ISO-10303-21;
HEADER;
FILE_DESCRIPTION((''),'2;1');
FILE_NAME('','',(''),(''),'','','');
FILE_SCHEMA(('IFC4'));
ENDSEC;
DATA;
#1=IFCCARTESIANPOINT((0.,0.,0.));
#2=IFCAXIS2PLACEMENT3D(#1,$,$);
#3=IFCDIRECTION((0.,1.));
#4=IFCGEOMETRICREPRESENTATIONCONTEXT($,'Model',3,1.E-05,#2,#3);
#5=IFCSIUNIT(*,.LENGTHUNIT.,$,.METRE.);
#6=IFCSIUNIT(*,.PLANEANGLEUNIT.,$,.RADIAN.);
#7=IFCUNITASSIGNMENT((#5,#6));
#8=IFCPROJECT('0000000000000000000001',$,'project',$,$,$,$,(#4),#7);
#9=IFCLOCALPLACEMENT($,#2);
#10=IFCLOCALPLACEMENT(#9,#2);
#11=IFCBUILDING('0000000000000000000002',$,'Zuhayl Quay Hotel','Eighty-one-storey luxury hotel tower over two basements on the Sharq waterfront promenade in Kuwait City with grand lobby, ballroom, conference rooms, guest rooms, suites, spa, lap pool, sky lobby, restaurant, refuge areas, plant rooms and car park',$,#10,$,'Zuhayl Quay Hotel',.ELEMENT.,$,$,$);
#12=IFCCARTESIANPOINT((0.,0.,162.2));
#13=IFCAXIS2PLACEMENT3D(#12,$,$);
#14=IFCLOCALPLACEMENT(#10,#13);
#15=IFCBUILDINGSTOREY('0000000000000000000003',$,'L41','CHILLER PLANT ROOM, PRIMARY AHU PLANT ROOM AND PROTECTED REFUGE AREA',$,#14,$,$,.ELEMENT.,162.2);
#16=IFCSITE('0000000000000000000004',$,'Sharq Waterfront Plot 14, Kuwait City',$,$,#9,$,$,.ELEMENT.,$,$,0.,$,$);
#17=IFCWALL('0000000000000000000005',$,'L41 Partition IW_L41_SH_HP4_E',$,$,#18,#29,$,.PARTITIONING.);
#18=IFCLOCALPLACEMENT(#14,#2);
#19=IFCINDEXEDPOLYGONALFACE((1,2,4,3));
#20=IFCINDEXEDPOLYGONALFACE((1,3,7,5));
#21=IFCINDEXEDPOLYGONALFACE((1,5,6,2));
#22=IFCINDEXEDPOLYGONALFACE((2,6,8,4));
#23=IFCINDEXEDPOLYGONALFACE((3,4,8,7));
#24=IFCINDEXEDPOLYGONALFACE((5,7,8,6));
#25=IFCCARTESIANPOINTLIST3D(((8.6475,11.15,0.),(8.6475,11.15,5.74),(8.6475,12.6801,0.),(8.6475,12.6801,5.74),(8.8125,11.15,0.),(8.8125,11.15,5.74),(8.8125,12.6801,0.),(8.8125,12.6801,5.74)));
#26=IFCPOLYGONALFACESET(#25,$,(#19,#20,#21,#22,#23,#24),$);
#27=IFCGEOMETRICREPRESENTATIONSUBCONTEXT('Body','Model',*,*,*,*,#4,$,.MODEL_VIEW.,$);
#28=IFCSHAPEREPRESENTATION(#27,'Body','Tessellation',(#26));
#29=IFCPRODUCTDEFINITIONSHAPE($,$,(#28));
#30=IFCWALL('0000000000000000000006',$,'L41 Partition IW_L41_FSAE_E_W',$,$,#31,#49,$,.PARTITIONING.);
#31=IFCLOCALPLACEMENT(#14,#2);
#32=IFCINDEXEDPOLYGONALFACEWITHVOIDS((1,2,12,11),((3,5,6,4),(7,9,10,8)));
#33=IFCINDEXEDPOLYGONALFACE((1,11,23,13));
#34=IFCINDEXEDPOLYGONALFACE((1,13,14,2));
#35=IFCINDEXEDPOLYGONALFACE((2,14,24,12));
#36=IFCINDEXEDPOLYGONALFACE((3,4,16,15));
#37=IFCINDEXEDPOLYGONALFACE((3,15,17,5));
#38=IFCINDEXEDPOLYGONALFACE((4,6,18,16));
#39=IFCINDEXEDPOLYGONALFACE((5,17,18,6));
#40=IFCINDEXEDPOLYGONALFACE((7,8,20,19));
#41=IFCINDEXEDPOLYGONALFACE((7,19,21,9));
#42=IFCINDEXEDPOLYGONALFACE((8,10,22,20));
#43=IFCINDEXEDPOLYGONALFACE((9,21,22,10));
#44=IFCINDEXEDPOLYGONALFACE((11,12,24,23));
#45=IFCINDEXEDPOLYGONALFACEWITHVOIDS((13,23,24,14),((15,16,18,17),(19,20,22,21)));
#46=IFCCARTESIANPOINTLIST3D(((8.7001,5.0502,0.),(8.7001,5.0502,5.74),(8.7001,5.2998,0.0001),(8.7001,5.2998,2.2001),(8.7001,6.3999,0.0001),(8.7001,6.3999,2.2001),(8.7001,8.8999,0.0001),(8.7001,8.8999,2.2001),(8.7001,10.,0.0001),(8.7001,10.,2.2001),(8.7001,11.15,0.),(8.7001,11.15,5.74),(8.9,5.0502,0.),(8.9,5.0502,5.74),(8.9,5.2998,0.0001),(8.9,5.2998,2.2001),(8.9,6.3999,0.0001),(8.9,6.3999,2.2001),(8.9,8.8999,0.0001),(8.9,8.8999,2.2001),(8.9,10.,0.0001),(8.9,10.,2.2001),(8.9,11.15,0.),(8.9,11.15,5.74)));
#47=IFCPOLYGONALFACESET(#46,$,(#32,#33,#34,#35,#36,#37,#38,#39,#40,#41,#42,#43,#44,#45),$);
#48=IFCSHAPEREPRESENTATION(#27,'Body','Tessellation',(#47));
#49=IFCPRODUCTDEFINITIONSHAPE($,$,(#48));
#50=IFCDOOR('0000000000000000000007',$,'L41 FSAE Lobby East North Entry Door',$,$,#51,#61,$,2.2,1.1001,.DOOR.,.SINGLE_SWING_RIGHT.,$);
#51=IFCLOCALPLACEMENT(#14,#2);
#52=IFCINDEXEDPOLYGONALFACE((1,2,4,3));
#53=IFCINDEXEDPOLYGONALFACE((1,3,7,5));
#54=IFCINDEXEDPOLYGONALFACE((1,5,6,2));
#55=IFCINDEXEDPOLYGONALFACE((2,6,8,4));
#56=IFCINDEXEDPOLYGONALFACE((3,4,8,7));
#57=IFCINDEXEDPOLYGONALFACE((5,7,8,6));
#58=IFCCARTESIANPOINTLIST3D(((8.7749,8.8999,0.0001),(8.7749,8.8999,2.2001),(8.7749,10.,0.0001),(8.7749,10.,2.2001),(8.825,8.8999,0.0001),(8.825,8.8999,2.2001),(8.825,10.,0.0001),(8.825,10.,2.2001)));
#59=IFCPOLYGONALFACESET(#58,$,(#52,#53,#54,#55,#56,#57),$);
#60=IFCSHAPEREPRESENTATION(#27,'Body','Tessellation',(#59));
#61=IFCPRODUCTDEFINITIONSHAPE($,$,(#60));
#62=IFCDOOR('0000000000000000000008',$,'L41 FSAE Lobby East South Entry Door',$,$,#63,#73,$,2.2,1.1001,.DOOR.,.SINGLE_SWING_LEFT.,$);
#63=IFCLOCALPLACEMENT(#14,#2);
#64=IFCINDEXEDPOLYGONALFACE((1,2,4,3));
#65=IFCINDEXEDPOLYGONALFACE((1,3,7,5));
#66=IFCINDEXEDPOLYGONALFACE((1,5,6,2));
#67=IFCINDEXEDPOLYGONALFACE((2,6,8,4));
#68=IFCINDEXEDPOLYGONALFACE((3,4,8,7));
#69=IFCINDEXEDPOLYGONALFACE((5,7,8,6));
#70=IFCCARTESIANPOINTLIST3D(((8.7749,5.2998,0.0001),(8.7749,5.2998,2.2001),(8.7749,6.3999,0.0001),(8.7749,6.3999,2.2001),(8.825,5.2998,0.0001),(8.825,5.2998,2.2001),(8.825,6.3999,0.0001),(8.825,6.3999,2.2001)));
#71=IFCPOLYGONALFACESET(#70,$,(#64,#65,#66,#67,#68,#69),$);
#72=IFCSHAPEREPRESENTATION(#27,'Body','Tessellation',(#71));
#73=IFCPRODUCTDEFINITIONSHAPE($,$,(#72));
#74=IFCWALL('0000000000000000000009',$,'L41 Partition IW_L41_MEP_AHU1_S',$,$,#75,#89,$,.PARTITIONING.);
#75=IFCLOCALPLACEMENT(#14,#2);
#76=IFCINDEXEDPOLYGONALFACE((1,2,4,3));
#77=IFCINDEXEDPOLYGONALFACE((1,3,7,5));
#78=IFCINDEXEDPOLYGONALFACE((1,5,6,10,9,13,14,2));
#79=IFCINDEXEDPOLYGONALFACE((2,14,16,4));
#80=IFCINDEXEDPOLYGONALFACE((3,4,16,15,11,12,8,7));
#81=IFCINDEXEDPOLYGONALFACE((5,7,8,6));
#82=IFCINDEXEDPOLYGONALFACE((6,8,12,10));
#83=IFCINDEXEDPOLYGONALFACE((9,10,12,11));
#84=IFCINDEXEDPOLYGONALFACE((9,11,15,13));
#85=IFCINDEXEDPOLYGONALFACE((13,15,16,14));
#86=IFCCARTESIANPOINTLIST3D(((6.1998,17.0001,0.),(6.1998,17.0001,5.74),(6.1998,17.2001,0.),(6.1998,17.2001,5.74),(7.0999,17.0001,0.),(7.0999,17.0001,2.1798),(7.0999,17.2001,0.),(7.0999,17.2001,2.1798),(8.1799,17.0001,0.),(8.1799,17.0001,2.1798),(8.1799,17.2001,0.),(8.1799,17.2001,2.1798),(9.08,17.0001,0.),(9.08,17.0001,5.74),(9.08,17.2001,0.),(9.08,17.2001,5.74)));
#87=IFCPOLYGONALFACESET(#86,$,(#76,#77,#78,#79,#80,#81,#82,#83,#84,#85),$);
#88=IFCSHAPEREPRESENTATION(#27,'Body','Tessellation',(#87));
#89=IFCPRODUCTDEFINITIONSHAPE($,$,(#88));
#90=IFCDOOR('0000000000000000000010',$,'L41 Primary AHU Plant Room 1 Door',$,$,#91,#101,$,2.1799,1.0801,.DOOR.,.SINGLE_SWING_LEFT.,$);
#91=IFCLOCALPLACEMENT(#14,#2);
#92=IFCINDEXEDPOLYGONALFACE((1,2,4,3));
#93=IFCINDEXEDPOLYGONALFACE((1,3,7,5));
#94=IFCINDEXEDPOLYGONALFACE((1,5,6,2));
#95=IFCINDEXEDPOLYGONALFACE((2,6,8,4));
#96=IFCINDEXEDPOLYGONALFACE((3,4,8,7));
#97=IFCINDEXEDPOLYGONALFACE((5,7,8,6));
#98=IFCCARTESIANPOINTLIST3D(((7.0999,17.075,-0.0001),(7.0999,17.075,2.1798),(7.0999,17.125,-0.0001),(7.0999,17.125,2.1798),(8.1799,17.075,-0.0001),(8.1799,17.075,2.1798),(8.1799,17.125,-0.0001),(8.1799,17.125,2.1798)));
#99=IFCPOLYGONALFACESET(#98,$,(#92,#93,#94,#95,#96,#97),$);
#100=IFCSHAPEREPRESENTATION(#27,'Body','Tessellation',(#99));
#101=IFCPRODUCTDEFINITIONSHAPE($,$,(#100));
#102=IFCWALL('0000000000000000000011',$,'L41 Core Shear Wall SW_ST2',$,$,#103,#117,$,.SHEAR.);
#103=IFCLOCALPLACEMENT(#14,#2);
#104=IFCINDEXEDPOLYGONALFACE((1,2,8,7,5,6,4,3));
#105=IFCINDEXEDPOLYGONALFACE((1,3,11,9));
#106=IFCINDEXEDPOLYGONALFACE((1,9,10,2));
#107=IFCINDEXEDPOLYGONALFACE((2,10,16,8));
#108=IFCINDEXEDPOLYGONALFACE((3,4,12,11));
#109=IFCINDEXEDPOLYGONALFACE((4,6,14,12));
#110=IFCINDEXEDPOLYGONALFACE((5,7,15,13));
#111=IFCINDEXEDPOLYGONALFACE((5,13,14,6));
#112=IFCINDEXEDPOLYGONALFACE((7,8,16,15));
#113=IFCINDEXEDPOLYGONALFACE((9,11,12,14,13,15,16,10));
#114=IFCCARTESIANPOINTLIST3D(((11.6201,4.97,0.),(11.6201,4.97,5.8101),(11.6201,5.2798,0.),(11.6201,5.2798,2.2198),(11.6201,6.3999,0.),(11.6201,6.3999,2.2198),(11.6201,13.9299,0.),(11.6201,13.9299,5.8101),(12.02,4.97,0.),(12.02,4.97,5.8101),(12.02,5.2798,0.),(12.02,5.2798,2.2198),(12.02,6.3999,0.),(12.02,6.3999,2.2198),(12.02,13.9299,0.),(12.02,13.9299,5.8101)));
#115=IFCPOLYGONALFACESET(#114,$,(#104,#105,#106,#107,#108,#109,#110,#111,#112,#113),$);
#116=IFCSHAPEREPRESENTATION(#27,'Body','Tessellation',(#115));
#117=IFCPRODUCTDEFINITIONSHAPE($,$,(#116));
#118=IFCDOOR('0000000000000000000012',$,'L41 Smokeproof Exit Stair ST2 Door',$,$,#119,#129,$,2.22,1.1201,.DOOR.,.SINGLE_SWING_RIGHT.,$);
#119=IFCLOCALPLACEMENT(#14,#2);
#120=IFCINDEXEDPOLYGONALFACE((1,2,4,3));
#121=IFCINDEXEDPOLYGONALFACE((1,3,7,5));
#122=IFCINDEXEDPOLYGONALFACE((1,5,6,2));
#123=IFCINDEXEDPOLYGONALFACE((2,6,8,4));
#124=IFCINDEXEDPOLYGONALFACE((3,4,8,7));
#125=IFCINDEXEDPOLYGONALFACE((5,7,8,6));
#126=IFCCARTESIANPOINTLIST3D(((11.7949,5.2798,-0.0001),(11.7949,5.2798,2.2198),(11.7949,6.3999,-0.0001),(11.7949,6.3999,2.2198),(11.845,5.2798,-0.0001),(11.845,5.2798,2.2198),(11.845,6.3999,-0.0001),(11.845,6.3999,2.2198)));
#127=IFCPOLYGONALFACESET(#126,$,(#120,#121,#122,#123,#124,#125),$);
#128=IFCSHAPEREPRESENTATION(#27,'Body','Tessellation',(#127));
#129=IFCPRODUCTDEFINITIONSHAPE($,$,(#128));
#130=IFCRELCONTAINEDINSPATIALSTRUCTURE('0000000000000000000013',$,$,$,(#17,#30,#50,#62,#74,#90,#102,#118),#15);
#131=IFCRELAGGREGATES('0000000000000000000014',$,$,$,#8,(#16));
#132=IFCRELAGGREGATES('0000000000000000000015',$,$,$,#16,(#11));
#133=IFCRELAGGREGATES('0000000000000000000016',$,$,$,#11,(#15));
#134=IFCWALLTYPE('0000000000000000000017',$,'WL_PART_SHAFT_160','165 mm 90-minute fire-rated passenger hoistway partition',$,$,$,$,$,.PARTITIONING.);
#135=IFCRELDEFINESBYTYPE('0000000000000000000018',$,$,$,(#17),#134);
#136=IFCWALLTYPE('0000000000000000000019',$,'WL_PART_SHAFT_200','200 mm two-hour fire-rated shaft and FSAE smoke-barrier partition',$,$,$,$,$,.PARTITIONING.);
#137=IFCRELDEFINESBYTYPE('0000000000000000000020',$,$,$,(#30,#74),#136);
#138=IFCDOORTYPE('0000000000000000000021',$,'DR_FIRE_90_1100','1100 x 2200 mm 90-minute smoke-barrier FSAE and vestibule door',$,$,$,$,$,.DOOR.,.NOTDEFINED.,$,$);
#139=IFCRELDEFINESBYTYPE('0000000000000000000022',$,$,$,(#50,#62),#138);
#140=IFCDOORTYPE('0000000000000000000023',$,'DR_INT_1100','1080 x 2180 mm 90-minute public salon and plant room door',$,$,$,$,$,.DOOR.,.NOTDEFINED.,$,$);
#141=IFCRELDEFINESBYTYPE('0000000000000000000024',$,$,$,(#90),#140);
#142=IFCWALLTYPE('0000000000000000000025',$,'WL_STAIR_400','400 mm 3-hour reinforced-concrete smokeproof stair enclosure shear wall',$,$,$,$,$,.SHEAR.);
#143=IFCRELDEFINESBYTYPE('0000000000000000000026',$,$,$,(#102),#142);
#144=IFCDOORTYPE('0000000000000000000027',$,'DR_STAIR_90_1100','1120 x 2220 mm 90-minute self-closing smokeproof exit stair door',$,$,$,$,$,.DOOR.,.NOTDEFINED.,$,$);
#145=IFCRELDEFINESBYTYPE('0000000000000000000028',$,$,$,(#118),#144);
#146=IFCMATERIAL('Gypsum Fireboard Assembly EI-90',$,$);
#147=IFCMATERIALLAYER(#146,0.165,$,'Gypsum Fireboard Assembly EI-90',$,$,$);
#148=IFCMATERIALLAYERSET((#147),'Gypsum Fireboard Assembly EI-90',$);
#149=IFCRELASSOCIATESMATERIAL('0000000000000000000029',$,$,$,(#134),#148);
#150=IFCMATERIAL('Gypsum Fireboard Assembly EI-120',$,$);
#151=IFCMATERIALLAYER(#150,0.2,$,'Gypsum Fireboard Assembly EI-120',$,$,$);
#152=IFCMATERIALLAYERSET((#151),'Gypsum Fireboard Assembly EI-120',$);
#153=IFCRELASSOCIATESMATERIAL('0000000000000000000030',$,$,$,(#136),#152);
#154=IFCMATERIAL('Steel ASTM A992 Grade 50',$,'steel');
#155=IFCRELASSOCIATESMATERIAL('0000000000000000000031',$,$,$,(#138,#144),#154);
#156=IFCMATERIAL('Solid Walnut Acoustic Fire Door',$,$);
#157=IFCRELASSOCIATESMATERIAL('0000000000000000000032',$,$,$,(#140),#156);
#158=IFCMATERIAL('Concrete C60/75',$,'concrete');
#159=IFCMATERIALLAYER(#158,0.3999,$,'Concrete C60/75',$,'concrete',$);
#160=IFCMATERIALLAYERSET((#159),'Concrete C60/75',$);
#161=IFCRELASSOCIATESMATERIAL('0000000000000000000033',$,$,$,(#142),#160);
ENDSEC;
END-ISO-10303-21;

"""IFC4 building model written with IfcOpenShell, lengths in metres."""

from ifc_helpers import new_model, si_unit, direction, frame, frame_2d, origin, place, context, subcontext, project, spatial, rectangle, extrude, material, layer, layer_set, type_object, element, fill, save


model = new_model("IFC4")

# Units and contexts
model_context = context("Model", 3, precision=1e-05, world=origin(), true_north=direction((0.0, 1.0)))
body_context = subcontext(model_context, "Body", "Model", "MODEL_VIEW")
ifc_project = project(units=[si_unit("LENGTHUNIT", "METRE"), si_unit("PLANEANGLEUNIT", "RADIAN")], contexts=[model_context])

# Site, building, storey
site_placement = place(None, origin())
site = spatial("IfcSite", under=ifc_project, at=site_placement, Name="Sharq Waterfront Plot 14, Kuwait City", CompositionType="ELEMENT", RefElevation=0.0)
building_placement = place(site_placement, origin())
building = spatial("IfcBuilding", under=site, at=building_placement, Name="Zuhayl Quay Hotel", Description="Eighty-one-storey luxury hotel tower over two basements on the Sharq waterfront promenade in Kuwait City with grand lobby, ballroom, conference rooms, guest rooms, suites, spa, lap pool, sky lobby, restaurant, refuge areas, plant rooms and car park", LongName="Zuhayl Quay Hotel", CompositionType="ELEMENT")
storey_placement = place(building_placement, frame((0.0, 0.0, 162.2)))
storey = spatial("IfcBuildingStorey", under=building, at=storey_placement, Name="L41", Description="CHILLER PLANT ROOM, PRIMARY AHU PLANT ROOM AND PROTECTED REFUGE AREA", CompositionType="ELEMENT", Elevation=162.2)

# Shared definitions
ifc_material_1 = material(Name="Concrete C60/75", Category="concrete")
ifc_material_2 = material(Name="Steel ASTM A992 Grade 50", Category="steel")

# Shared definitions
ifc_material_3 = material(Name="Gypsum Fireboard Assembly EI-90")
ifc_layer_1 = layer(ifc_material_3, 0.165, Name="Gypsum Fireboard Assembly EI-90")
ifc_layer_set_1 = layer_set([ifc_layer_1], Name="Gypsum Fireboard Assembly EI-90")
wall_type_1 = type_object("IfcWallType", Name="WL_PART_SHAFT_160", Description="165 mm 90-minute fire-rated passenger hoistway partition", PredefinedType="PARTITIONING", material=ifc_layer_set_1)

# Wall
wall_1_placement = place(storey_placement, frame((8.73, 11.1499, 0.0), z_axis=(0.0, 0.0, 1.0), x_axis=(0.0, 1.0, 0.0)))
element("IfcWall", 1, at=wall_1_placement, inside=storey, type_object=wall_type_1, Name="L41 Partition IW_L41_SH_HP4_E", PredefinedType="PARTITIONING", context=body_context, shape_type="SweptSolid", body=[
    extrude(rectangle(XDim=1.53, YDim=0.165, at=frame_2d((0.7651, 0.0))), origin(), (0.0, 0.0, 1.0), 5.74),
])

# Wall, openings, doors
ifc_material_4 = material(Name="Gypsum Fireboard Assembly EI-120")
ifc_layer_2 = layer(ifc_material_4, 0.2, Name="Gypsum Fireboard Assembly EI-120")
ifc_layer_set_2 = layer_set([ifc_layer_2], Name="Gypsum Fireboard Assembly EI-120")
wall_type_2 = type_object("IfcWallType", Name="WL_PART_SHAFT_200", Description="200 mm two-hour fire-rated shaft and FSAE smoke-barrier partition", PredefinedType="PARTITIONING", material=ifc_layer_set_2)
wall_2_placement = place(storey_placement, frame((8.8, 11.1499, 0.0), z_axis=(0.0, 0.0, 1.0), x_axis=(0.0, -1.0, 0.0)))
wall_2 = element("IfcWall", 2, at=wall_2_placement, inside=storey, type_object=wall_type_2, Name="L41 Partition IW_L41_FSAE_E_W", PredefinedType="PARTITIONING", context=body_context, shape_type="SweptSolid", body=[
    extrude(rectangle(XDim=6.0999, YDim=0.2, at=frame_2d((3.0498, 0.0))), origin(), (0.0, 0.0, 1.0), 5.74),
])
opening_1_placement = place(wall_2_placement, frame((1.1499, 0.0, 0.0)))
opening_1 = element("IfcOpeningElement", 3, at=opening_1_placement, cuts=wall_2, PredefinedType="OPENING", context=body_context, shape_type="SweptSolid", body=[
    extrude(rectangle(XDim=1.1001, YDim=2.2, at=frame_2d((0.55, 1.1001))), frame((0.0, 0.1099, 0.0), z_axis=(0.0, -1.0, 0.0), x_axis=(1.0, 0.0, 0.0)), (0.0, 0.0, 1.0), 0.22),
])
opening_2_placement = place(wall_2_placement, frame((4.75, 0.0, 0.0)))
opening_2 = element("IfcOpeningElement", 4, at=opening_2_placement, cuts=wall_2, PredefinedType="OPENING", context=body_context, shape_type="SweptSolid", body=[
    extrude(rectangle(XDim=1.1001, YDim=2.2, at=frame_2d((0.55, 1.1001))), frame((0.0, 0.1099, 0.0), z_axis=(0.0, -1.0, 0.0), x_axis=(1.0, 0.0, 0.0)), (0.0, 0.0, 1.0), 0.22),
])
door_type_1 = type_object("IfcDoorType", Name="DR_FIRE_90_1100", Description="1100 x 2200 mm 90-minute smoke-barrier FSAE and vestibule door", OperationType="NOTDEFINED", PredefinedType="DOOR", material=ifc_material_2)
door_1_placement = place(opening_1_placement, origin())
door_1 = element("IfcDoor", 5, at=door_1_placement, inside=storey, type_object=door_type_1, Name="L41 FSAE Lobby East North Entry Door", OperationType="SINGLE_SWING_RIGHT", OverallHeight=2.2, OverallWidth=1.1001, PredefinedType="DOOR", context=body_context, shape_type="SweptSolid", body=[
    extrude(rectangle(XDim=1.1001, YDim=2.2, at=frame_2d((0.55, 1.1001))), frame((0.0, 0.0249, 0.0), z_axis=(0.0, -1.0, 0.0), x_axis=(1.0, 0.0, 0.0)), (0.0, 0.0, 1.0), 0.05),
])
fill(opening_1, door_1)
door_2_placement = place(opening_2_placement, origin())
door_2 = element("IfcDoor", 6, at=door_2_placement, inside=storey, type_object=door_type_1, Name="L41 FSAE Lobby East South Entry Door", OperationType="SINGLE_SWING_LEFT", OverallHeight=2.2, OverallWidth=1.1001, PredefinedType="DOOR", context=body_context, shape_type="SweptSolid", body=[
    extrude(rectangle(XDim=1.1001, YDim=2.2, at=frame_2d((0.55, 1.1001))), frame((0.0, 0.0249, 0.0), z_axis=(0.0, -1.0, 0.0), x_axis=(1.0, 0.0, 0.0)), (0.0, 0.0, 1.0), 0.05),
])
fill(opening_2, door_2)

# Walls, openings, doors
wall_3_placement = place(storey_placement, frame((6.2, 17.1001, 0.0), z_axis=(0.0, 0.0, 1.0), x_axis=(1.0, 0.0, 0.0)))
wall_3 = element("IfcWall", 7, at=wall_3_placement, inside=storey, type_object=wall_type_2, Name="L41 Partition IW_L41_MEP_AHU1_S", PredefinedType="PARTITIONING", context=body_context, shape_type="SweptSolid", body=[
    extrude(rectangle(XDim=2.8801, YDim=0.2, at=frame_2d((1.4399, 0.0))), origin(), (0.0, 0.0, 1.0), 5.74),
])
opening_3_placement = place(wall_3_placement, frame((0.8999, 0.0, 0.0)))
opening_3 = element("IfcOpeningElement", 8, at=opening_3_placement, cuts=wall_3, PredefinedType="OPENING", context=body_context, shape_type="SweptSolid", body=[
    extrude(rectangle(XDim=1.0801, YDim=2.1799, at=frame_2d((0.54, 1.0898))), frame((0.0, 0.1099, 0.0), z_axis=(0.0, -1.0, 0.0), x_axis=(1.0, 0.0, 0.0)), (0.0, 0.0, 1.0), 0.22),
])
ifc_material_5 = material(Name="Solid Walnut Acoustic Fire Door")
door_type_2 = type_object("IfcDoorType", Name="DR_INT_1100", Description="1080 x 2180 mm 90-minute public salon and plant room door", OperationType="NOTDEFINED", PredefinedType="DOOR", material=ifc_material_5)
door_3_placement = place(opening_3_placement, origin())
door_3 = element("IfcDoor", 9, at=door_3_placement, inside=storey, type_object=door_type_2, Name="L41 Primary AHU Plant Room 1 Door", OperationType="SINGLE_SWING_LEFT", OverallHeight=2.1799, OverallWidth=1.0801, PredefinedType="DOOR", context=body_context, shape_type="SweptSolid", body=[
    extrude(rectangle(XDim=1.0801, YDim=2.1799, at=frame_2d((0.54, 1.0898))), frame((0.0, 0.0249, 0.0), z_axis=(0.0, -1.0, 0.0), x_axis=(1.0, 0.0, 0.0)), (0.0, 0.0, 1.0), 0.05),
])
fill(opening_3, door_3)
ifc_layer_3 = layer(ifc_material_1, 0.3999, Name="Concrete C60/75", Category="concrete")
ifc_layer_set_3 = layer_set([ifc_layer_3], Name="Concrete C60/75")
wall_type_3 = type_object("IfcWallType", Name="WL_STAIR_400", Description="400 mm 3-hour reinforced-concrete smokeproof stair enclosure shear wall", PredefinedType="SHEAR", material=ifc_layer_set_3)
wall_4_placement = place(storey_placement, frame((11.8201, 13.9299, 0.0), z_axis=(0.0, 0.0, 1.0), x_axis=(0.0, -1.0, 0.0)))
wall_4 = element("IfcWall", 10, at=wall_4_placement, inside=storey, type_object=wall_type_3, Name="L41 Core Shear Wall SW_ST2", PredefinedType="SHEAR", context=body_context, shape_type="SweptSolid", body=[
    extrude(rectangle(XDim=8.96, YDim=0.3999, at=frame_2d((4.48, 0.0))), origin(), (0.0, 0.0, 1.0), 5.8101),
])
opening_4_placement = place(wall_4_placement, frame((7.53, 0.0, 0.0)))
opening_4 = element("IfcOpeningElement", 11, at=opening_4_placement, cuts=wall_4, PredefinedType="OPENING", context=body_context, shape_type="SweptSolid", body=[
    extrude(rectangle(XDim=1.1201, YDim=2.22, at=frame_2d((0.5601, 1.1099))), frame((0.0, 0.21, 0.0), z_axis=(0.0, -1.0, 0.0), x_axis=(1.0, 0.0, 0.0)), (0.0, 0.0, 1.0), 0.4199),
])
door_type_3 = type_object("IfcDoorType", Name="DR_STAIR_90_1100", Description="1120 x 2220 mm 90-minute self-closing smokeproof exit stair door", OperationType="NOTDEFINED", PredefinedType="DOOR", material=ifc_material_2)
door_4_placement = place(opening_4_placement, origin())
door_4 = element("IfcDoor", 12, at=door_4_placement, inside=storey, type_object=door_type_3, Name="L41 Smokeproof Exit Stair ST2 Door", OperationType="SINGLE_SWING_RIGHT", OverallHeight=2.22, OverallWidth=1.1201, PredefinedType="DOOR", context=body_context, shape_type="SweptSolid", body=[
    extrude(rectangle(XDim=1.1201, YDim=2.22, at=frame_2d((0.5601, 1.1099))), frame((0.0, 0.0249, 0.0), z_axis=(0.0, -1.0, 0.0), x_axis=(1.0, 0.0, 0.0)), (0.0, 0.0, 1.0), 0.05),
])
fill(opening_4, door_4)

save(model, "model.ifc")
